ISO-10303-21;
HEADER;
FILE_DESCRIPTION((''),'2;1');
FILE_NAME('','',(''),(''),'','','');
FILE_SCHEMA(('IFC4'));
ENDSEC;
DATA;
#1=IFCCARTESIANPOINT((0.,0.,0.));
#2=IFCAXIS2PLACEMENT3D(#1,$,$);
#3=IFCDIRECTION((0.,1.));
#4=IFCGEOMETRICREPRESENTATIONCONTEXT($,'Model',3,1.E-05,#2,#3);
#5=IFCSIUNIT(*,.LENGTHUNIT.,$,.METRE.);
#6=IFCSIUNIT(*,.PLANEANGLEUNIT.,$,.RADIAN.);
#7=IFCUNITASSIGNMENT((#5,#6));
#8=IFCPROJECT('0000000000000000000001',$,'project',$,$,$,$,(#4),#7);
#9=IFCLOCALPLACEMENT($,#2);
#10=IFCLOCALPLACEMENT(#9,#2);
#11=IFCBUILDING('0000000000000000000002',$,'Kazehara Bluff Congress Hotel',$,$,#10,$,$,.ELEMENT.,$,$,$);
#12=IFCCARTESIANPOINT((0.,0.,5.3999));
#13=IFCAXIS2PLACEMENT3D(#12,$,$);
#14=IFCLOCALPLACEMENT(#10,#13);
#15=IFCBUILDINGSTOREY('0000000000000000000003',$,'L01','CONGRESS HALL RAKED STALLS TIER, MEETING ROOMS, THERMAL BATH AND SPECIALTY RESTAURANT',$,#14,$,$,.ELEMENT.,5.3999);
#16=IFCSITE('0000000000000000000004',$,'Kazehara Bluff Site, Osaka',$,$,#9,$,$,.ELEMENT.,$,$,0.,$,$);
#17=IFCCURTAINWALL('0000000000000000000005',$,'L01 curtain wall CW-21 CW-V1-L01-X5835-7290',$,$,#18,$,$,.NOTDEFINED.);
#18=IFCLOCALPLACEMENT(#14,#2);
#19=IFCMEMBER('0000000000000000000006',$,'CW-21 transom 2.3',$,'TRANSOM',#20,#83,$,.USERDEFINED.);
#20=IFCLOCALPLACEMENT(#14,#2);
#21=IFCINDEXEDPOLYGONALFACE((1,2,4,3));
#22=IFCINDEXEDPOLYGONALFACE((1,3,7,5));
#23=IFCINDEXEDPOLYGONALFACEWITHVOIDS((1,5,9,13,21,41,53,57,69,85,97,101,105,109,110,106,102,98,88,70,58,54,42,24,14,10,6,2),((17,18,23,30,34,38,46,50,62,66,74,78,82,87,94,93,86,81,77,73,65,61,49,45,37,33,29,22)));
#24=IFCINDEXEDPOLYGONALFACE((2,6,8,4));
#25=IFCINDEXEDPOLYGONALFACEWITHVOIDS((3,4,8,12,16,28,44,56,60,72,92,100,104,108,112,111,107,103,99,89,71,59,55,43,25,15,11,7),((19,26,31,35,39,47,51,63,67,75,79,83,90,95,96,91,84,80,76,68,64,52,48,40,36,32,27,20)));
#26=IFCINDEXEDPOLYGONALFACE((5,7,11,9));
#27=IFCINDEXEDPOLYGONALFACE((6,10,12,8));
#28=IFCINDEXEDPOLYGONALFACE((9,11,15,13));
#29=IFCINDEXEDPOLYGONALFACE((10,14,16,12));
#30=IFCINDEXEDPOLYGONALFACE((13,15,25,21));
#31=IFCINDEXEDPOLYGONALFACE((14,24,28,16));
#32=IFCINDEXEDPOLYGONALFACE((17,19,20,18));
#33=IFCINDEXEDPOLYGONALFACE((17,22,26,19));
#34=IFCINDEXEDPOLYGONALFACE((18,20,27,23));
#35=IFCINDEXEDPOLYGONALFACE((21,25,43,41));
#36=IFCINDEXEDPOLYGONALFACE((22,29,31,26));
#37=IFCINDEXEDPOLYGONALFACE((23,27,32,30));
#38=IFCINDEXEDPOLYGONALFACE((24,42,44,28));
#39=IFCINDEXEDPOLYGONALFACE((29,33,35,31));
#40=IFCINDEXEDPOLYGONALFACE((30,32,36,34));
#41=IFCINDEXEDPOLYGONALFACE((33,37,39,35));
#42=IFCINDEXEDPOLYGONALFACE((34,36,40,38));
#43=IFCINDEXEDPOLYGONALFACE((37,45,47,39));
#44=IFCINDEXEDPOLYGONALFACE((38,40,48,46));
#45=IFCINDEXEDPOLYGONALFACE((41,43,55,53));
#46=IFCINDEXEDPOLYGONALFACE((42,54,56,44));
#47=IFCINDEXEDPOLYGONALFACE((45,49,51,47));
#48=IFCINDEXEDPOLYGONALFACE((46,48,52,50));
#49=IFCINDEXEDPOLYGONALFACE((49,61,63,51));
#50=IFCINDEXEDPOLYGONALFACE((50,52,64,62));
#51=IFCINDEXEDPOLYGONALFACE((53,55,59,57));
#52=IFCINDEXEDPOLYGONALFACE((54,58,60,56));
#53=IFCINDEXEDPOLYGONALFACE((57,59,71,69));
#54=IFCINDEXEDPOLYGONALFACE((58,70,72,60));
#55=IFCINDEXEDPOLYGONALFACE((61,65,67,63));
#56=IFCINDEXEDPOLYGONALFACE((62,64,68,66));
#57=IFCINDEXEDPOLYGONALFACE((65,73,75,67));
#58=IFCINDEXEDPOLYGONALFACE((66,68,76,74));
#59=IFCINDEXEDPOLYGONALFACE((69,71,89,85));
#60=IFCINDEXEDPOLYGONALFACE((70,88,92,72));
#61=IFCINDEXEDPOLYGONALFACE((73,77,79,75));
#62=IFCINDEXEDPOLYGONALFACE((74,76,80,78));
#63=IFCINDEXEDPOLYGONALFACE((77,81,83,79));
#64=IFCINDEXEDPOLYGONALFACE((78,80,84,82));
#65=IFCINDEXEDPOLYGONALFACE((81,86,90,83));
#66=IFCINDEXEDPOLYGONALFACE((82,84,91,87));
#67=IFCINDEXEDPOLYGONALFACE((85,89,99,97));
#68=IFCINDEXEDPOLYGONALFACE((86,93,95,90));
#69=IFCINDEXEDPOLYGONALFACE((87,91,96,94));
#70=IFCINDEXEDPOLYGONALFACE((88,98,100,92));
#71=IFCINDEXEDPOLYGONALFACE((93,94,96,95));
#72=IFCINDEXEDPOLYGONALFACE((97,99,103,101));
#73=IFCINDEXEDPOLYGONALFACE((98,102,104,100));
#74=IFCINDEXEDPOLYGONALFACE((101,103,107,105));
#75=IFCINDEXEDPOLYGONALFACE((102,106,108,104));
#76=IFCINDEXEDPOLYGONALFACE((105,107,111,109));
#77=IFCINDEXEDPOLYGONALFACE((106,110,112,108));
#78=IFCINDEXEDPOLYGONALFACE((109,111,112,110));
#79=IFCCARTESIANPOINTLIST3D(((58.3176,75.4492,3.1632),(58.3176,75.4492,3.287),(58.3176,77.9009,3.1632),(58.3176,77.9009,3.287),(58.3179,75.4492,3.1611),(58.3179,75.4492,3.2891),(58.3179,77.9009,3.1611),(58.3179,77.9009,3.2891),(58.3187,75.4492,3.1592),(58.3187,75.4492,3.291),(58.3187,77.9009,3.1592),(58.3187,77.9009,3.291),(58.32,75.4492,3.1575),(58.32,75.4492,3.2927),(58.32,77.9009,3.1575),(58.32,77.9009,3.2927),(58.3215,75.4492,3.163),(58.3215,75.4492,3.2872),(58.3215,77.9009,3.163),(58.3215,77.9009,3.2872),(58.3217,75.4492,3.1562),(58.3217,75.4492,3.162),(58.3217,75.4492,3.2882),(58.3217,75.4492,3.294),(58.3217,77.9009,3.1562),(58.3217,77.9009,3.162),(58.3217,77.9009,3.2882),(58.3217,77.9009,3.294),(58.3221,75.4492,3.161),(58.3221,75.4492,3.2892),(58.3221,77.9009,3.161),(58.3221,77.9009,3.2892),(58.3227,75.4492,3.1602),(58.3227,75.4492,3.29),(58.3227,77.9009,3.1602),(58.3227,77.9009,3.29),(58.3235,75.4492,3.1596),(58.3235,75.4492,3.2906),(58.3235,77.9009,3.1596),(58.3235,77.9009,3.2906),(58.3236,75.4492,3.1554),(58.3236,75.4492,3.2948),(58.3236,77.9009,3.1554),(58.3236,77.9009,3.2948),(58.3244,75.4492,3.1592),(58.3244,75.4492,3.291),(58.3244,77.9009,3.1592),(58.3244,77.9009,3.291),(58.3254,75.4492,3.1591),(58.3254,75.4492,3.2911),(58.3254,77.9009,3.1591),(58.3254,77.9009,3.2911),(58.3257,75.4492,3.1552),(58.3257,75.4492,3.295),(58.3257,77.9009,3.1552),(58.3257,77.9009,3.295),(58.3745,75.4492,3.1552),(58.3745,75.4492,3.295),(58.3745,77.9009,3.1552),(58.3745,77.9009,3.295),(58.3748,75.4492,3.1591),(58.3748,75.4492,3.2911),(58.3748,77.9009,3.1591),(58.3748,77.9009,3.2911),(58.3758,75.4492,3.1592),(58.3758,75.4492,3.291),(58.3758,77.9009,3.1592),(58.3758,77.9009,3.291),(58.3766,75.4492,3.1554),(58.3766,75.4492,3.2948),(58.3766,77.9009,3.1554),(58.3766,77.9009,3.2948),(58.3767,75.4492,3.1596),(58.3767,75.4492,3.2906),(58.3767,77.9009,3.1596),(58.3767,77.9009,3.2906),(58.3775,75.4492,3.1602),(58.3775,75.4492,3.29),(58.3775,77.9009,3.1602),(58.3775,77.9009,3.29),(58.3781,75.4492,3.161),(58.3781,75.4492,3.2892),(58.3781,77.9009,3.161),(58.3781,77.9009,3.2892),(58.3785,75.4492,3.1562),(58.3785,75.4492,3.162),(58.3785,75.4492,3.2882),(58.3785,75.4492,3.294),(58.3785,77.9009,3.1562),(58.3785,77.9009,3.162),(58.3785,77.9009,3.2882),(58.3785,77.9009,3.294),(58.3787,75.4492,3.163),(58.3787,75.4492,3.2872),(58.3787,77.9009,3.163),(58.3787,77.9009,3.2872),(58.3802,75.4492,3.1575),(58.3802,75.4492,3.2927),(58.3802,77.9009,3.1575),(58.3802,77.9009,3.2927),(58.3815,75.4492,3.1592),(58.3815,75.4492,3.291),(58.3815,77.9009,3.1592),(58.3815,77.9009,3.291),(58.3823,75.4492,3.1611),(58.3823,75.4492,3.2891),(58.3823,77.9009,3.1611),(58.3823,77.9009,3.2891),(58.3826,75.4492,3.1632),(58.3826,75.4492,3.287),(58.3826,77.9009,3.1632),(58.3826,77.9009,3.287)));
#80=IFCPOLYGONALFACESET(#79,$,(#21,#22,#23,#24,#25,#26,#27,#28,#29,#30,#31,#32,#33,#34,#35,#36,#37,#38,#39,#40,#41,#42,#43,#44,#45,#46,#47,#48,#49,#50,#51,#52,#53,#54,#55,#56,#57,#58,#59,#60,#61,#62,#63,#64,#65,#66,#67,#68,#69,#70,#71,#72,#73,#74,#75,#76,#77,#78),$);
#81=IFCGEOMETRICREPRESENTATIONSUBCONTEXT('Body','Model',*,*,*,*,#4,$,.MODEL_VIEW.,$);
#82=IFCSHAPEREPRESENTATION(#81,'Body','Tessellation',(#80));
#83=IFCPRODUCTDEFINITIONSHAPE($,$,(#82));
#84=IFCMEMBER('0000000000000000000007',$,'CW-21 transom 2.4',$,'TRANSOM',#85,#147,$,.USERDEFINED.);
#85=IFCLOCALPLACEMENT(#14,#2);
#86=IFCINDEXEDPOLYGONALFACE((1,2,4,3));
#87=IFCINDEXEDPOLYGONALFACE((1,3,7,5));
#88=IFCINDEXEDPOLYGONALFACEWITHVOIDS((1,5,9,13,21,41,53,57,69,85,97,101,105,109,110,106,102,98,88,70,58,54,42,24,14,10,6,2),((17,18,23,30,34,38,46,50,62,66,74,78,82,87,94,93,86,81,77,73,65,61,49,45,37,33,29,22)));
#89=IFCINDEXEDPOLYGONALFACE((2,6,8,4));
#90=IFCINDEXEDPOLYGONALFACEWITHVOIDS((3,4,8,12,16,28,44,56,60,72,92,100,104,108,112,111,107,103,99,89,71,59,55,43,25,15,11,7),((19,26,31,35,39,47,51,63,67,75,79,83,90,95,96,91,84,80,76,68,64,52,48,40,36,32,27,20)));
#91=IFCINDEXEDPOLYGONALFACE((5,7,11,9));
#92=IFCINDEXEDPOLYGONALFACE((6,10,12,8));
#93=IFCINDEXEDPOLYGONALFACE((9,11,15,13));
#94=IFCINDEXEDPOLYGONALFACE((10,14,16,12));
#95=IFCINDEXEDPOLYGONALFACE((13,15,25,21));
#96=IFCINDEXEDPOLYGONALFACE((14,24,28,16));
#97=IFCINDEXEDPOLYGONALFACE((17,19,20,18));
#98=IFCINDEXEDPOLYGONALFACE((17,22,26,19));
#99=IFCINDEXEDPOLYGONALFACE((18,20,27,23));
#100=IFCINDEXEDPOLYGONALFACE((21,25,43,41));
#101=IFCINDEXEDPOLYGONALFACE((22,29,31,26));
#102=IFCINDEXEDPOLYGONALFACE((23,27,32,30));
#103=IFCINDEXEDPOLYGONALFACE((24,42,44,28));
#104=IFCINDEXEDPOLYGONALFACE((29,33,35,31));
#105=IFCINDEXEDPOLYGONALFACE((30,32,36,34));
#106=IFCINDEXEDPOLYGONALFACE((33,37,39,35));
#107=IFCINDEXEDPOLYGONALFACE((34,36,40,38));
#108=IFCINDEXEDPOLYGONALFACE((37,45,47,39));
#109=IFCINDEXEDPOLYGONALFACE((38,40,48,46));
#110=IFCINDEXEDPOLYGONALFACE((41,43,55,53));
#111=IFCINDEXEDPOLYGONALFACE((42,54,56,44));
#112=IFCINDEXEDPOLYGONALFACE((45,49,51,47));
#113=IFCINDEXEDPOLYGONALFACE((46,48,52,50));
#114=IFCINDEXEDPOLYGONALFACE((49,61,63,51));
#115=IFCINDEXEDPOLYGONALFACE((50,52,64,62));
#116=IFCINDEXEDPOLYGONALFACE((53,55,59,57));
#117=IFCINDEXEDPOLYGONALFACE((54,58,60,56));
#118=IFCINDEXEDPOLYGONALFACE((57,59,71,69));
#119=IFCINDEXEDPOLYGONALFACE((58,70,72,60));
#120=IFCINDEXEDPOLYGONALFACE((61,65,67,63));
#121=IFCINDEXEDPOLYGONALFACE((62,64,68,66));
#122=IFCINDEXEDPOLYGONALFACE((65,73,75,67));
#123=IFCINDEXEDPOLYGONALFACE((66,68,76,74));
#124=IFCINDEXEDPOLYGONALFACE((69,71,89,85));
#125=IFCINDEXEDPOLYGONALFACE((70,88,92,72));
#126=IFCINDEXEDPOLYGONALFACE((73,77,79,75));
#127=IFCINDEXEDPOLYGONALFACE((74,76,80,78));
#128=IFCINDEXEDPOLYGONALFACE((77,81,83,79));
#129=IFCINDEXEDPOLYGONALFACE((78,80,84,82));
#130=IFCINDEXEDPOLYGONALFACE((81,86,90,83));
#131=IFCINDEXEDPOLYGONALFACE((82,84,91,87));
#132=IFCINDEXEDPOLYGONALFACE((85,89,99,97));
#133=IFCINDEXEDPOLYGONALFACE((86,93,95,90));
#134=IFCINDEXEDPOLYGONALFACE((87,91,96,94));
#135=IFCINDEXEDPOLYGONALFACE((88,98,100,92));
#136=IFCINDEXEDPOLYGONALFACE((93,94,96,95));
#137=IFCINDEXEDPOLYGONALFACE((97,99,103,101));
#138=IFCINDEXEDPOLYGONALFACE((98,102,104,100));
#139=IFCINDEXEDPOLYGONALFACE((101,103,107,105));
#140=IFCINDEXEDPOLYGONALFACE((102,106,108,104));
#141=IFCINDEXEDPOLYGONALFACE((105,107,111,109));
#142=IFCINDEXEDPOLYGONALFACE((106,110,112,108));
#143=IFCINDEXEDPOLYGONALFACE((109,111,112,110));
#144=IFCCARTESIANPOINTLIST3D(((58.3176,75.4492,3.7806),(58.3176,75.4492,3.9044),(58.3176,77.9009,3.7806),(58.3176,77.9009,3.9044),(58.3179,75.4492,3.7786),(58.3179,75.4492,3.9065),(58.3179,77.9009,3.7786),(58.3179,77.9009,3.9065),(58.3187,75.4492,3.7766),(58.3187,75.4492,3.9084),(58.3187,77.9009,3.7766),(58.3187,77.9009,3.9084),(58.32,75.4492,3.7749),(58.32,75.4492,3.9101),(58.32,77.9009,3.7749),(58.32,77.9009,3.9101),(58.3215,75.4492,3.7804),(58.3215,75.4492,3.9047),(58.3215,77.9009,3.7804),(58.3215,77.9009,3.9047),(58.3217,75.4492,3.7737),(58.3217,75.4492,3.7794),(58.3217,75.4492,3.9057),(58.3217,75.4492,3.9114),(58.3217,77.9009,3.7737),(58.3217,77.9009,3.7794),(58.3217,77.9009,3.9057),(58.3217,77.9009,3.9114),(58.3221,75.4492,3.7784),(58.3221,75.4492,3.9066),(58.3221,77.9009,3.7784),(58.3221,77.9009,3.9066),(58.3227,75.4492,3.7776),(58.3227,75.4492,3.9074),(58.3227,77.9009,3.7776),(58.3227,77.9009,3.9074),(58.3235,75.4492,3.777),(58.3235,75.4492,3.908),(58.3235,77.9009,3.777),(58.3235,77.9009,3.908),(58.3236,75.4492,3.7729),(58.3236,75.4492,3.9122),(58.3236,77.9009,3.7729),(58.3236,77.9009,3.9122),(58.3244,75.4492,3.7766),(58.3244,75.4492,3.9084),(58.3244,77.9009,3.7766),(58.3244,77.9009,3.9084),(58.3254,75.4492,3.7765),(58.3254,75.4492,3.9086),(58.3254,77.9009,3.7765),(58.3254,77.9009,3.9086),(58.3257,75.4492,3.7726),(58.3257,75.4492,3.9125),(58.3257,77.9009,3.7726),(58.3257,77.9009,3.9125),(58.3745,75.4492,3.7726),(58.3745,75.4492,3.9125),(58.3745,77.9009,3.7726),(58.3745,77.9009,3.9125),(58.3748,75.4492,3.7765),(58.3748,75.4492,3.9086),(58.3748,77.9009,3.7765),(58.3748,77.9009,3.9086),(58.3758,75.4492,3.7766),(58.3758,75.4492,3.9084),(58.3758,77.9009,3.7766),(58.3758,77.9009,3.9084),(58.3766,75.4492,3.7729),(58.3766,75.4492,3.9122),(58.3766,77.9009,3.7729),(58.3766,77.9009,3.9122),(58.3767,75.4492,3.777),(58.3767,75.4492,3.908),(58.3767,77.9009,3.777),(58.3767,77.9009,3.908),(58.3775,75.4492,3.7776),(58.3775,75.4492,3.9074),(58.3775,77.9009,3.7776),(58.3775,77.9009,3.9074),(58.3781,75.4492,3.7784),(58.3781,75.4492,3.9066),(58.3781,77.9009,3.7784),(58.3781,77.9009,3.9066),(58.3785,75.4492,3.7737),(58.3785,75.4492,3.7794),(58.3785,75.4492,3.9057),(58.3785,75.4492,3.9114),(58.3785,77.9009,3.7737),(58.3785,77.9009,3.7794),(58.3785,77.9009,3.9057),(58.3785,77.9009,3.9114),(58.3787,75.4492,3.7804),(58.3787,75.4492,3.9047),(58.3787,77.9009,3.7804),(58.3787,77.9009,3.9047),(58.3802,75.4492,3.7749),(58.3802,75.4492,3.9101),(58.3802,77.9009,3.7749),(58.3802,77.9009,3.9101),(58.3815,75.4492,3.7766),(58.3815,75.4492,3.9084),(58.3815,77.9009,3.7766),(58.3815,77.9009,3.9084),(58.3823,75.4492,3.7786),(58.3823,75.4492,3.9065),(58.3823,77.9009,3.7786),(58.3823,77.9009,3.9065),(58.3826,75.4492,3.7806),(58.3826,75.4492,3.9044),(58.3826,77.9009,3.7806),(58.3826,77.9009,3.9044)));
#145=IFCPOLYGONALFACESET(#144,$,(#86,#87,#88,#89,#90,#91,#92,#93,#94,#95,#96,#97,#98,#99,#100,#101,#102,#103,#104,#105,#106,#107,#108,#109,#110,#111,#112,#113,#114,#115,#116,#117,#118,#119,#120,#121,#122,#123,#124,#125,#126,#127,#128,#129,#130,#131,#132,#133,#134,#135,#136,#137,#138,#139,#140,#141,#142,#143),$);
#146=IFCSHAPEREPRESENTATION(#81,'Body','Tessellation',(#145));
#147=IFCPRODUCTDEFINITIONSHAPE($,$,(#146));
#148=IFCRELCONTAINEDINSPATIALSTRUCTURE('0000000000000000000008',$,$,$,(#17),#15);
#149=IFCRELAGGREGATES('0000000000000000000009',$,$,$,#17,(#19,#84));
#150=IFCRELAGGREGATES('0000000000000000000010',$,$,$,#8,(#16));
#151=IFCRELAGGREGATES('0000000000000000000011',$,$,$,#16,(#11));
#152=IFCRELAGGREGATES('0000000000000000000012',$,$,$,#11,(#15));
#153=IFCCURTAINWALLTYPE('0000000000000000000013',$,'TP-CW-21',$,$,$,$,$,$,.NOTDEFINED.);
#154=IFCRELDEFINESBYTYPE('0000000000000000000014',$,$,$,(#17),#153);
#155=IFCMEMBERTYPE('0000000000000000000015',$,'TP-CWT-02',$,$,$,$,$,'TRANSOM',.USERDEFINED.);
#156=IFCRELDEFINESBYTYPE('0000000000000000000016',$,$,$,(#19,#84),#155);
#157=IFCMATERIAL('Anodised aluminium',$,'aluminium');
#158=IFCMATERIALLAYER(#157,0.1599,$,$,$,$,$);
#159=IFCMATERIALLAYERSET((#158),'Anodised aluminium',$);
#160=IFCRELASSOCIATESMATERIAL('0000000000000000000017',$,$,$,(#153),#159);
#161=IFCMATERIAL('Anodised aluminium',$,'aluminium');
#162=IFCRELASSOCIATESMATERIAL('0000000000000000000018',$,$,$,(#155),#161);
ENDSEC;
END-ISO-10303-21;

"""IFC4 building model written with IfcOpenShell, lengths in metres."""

from ifc_helpers import new_model, si_unit, direction, frame, origin, origin_2d, place, context, subcontext, project, spatial, hollow_rectangle, extrude, material, layer, layer_set, material_profile, profile_set, type_object, element, aggregate, save


model = new_model("IFC4")

# Units and contexts
model_context = context("Model", 3, precision=1e-05, world=origin(), true_north=direction((0.0, 1.0)))
body_context = subcontext(model_context, "Body", "Model", "MODEL_VIEW")
ifc_project = project(units=[si_unit("LENGTHUNIT", "METRE"), si_unit("PLANEANGLEUNIT", "RADIAN")], contexts=[model_context])

# Site, building, storey
site_placement = place(None, origin())
site = spatial("IfcSite", under=ifc_project, at=site_placement, Name="Kazehara Bluff Site, Osaka", CompositionType="ELEMENT", RefElevation=0.0)
building_placement = place(site_placement, origin())
building = spatial("IfcBuilding", under=site, at=building_placement, Name="Kazehara Bluff Congress Hotel", CompositionType="ELEMENT")
storey_placement = place(building_placement, frame((0.0, 0.0, 5.3999)))
storey = spatial("IfcBuildingStorey", under=building, at=storey_placement, Name="L01", Description="CONGRESS HALL RAKED STALLS TIER, MEETING ROOMS, THERMAL BATH AND SPECIALTY RESTAURANT", CompositionType="ELEMENT", Elevation=5.3999)

# Curtain wall
ifc_material_1 = material(Name="Anodised aluminium", Category="aluminium")
ifc_layer_1 = layer(ifc_material_1, 0.1599)
ifc_layer_set_1 = layer_set([ifc_layer_1], Name="Anodised aluminium")
curtain_wall_type_1 = type_object("IfcCurtainWallType", Name="TP-CW-21", PredefinedType="NOTDEFINED", material=ifc_layer_set_1)
curtain_wall_1_placement = place(storey_placement, origin())
curtain_wall_1 = element("IfcCurtainWall", 1, at=curtain_wall_1_placement, inside=storey, type_object=curtain_wall_type_1, Name="L01 curtain wall CW-21 CW-V1-L01-X5835-7290", PredefinedType="NOTDEFINED")

# Members
ifc_material_2 = material(Name="Anodised aluminium", Category="aluminium")
ifc_material_profile_1 = material_profile(ifc_material_2, hollow_rectangle(XDim=0.0649, YDim=0.1399, WallThickness=0.0039, InnerFilletRadius=0.0039, OuterFilletRadius=0.0081, at=origin_2d()))
ifc_profile_set_1 = profile_set([ifc_material_profile_1], Name="Anodised aluminium")
member_type_1 = type_object("IfcMemberType", Name="TP-CWT-02", ElementType="TRANSOM", PredefinedType="USERDEFINED", material=ifc_profile_set_1)
member_1_placement = place(storey_placement, frame((58.3501, 75.4492, 3.2251), z_axis=(0.0, 1.0, 0.0), x_axis=(-1.0, 0.0, 0.0)))
member_1 = element("IfcMember", 2, at=member_1_placement, type_object=member_type_1, Name="CW-21 transom 2.3", ObjectType="TRANSOM", PredefinedType="USERDEFINED", context=body_context, shape_type="SweptSolid", body=[
    extrude(hollow_rectangle(XDim=0.0649, YDim=0.1399, WallThickness=0.0039, InnerFilletRadius=0.0039, OuterFilletRadius=0.0081, at=origin_2d()), origin(), (0.0, 0.0, 1.0), 2.4517),
])
member_2_placement = place(storey_placement, frame((58.3501, 75.4492, 3.8425), z_axis=(0.0, 1.0, 0.0), x_axis=(-1.0, 0.0, 0.0)))
member_2 = element("IfcMember", 3, at=member_2_placement, type_object=member_type_1, Name="CW-21 transom 2.4", ObjectType="TRANSOM", PredefinedType="USERDEFINED", context=body_context, shape_type="SweptSolid", body=[
    extrude(hollow_rectangle(XDim=0.0649, YDim=0.1399, WallThickness=0.0039, InnerFilletRadius=0.0039, OuterFilletRadius=0.0081, at=origin_2d()), origin(), (0.0, 0.0, 1.0), 2.4517),
])

aggregate(curtain_wall_1, [member_1, member_2])

save(model, "model.ifc")
